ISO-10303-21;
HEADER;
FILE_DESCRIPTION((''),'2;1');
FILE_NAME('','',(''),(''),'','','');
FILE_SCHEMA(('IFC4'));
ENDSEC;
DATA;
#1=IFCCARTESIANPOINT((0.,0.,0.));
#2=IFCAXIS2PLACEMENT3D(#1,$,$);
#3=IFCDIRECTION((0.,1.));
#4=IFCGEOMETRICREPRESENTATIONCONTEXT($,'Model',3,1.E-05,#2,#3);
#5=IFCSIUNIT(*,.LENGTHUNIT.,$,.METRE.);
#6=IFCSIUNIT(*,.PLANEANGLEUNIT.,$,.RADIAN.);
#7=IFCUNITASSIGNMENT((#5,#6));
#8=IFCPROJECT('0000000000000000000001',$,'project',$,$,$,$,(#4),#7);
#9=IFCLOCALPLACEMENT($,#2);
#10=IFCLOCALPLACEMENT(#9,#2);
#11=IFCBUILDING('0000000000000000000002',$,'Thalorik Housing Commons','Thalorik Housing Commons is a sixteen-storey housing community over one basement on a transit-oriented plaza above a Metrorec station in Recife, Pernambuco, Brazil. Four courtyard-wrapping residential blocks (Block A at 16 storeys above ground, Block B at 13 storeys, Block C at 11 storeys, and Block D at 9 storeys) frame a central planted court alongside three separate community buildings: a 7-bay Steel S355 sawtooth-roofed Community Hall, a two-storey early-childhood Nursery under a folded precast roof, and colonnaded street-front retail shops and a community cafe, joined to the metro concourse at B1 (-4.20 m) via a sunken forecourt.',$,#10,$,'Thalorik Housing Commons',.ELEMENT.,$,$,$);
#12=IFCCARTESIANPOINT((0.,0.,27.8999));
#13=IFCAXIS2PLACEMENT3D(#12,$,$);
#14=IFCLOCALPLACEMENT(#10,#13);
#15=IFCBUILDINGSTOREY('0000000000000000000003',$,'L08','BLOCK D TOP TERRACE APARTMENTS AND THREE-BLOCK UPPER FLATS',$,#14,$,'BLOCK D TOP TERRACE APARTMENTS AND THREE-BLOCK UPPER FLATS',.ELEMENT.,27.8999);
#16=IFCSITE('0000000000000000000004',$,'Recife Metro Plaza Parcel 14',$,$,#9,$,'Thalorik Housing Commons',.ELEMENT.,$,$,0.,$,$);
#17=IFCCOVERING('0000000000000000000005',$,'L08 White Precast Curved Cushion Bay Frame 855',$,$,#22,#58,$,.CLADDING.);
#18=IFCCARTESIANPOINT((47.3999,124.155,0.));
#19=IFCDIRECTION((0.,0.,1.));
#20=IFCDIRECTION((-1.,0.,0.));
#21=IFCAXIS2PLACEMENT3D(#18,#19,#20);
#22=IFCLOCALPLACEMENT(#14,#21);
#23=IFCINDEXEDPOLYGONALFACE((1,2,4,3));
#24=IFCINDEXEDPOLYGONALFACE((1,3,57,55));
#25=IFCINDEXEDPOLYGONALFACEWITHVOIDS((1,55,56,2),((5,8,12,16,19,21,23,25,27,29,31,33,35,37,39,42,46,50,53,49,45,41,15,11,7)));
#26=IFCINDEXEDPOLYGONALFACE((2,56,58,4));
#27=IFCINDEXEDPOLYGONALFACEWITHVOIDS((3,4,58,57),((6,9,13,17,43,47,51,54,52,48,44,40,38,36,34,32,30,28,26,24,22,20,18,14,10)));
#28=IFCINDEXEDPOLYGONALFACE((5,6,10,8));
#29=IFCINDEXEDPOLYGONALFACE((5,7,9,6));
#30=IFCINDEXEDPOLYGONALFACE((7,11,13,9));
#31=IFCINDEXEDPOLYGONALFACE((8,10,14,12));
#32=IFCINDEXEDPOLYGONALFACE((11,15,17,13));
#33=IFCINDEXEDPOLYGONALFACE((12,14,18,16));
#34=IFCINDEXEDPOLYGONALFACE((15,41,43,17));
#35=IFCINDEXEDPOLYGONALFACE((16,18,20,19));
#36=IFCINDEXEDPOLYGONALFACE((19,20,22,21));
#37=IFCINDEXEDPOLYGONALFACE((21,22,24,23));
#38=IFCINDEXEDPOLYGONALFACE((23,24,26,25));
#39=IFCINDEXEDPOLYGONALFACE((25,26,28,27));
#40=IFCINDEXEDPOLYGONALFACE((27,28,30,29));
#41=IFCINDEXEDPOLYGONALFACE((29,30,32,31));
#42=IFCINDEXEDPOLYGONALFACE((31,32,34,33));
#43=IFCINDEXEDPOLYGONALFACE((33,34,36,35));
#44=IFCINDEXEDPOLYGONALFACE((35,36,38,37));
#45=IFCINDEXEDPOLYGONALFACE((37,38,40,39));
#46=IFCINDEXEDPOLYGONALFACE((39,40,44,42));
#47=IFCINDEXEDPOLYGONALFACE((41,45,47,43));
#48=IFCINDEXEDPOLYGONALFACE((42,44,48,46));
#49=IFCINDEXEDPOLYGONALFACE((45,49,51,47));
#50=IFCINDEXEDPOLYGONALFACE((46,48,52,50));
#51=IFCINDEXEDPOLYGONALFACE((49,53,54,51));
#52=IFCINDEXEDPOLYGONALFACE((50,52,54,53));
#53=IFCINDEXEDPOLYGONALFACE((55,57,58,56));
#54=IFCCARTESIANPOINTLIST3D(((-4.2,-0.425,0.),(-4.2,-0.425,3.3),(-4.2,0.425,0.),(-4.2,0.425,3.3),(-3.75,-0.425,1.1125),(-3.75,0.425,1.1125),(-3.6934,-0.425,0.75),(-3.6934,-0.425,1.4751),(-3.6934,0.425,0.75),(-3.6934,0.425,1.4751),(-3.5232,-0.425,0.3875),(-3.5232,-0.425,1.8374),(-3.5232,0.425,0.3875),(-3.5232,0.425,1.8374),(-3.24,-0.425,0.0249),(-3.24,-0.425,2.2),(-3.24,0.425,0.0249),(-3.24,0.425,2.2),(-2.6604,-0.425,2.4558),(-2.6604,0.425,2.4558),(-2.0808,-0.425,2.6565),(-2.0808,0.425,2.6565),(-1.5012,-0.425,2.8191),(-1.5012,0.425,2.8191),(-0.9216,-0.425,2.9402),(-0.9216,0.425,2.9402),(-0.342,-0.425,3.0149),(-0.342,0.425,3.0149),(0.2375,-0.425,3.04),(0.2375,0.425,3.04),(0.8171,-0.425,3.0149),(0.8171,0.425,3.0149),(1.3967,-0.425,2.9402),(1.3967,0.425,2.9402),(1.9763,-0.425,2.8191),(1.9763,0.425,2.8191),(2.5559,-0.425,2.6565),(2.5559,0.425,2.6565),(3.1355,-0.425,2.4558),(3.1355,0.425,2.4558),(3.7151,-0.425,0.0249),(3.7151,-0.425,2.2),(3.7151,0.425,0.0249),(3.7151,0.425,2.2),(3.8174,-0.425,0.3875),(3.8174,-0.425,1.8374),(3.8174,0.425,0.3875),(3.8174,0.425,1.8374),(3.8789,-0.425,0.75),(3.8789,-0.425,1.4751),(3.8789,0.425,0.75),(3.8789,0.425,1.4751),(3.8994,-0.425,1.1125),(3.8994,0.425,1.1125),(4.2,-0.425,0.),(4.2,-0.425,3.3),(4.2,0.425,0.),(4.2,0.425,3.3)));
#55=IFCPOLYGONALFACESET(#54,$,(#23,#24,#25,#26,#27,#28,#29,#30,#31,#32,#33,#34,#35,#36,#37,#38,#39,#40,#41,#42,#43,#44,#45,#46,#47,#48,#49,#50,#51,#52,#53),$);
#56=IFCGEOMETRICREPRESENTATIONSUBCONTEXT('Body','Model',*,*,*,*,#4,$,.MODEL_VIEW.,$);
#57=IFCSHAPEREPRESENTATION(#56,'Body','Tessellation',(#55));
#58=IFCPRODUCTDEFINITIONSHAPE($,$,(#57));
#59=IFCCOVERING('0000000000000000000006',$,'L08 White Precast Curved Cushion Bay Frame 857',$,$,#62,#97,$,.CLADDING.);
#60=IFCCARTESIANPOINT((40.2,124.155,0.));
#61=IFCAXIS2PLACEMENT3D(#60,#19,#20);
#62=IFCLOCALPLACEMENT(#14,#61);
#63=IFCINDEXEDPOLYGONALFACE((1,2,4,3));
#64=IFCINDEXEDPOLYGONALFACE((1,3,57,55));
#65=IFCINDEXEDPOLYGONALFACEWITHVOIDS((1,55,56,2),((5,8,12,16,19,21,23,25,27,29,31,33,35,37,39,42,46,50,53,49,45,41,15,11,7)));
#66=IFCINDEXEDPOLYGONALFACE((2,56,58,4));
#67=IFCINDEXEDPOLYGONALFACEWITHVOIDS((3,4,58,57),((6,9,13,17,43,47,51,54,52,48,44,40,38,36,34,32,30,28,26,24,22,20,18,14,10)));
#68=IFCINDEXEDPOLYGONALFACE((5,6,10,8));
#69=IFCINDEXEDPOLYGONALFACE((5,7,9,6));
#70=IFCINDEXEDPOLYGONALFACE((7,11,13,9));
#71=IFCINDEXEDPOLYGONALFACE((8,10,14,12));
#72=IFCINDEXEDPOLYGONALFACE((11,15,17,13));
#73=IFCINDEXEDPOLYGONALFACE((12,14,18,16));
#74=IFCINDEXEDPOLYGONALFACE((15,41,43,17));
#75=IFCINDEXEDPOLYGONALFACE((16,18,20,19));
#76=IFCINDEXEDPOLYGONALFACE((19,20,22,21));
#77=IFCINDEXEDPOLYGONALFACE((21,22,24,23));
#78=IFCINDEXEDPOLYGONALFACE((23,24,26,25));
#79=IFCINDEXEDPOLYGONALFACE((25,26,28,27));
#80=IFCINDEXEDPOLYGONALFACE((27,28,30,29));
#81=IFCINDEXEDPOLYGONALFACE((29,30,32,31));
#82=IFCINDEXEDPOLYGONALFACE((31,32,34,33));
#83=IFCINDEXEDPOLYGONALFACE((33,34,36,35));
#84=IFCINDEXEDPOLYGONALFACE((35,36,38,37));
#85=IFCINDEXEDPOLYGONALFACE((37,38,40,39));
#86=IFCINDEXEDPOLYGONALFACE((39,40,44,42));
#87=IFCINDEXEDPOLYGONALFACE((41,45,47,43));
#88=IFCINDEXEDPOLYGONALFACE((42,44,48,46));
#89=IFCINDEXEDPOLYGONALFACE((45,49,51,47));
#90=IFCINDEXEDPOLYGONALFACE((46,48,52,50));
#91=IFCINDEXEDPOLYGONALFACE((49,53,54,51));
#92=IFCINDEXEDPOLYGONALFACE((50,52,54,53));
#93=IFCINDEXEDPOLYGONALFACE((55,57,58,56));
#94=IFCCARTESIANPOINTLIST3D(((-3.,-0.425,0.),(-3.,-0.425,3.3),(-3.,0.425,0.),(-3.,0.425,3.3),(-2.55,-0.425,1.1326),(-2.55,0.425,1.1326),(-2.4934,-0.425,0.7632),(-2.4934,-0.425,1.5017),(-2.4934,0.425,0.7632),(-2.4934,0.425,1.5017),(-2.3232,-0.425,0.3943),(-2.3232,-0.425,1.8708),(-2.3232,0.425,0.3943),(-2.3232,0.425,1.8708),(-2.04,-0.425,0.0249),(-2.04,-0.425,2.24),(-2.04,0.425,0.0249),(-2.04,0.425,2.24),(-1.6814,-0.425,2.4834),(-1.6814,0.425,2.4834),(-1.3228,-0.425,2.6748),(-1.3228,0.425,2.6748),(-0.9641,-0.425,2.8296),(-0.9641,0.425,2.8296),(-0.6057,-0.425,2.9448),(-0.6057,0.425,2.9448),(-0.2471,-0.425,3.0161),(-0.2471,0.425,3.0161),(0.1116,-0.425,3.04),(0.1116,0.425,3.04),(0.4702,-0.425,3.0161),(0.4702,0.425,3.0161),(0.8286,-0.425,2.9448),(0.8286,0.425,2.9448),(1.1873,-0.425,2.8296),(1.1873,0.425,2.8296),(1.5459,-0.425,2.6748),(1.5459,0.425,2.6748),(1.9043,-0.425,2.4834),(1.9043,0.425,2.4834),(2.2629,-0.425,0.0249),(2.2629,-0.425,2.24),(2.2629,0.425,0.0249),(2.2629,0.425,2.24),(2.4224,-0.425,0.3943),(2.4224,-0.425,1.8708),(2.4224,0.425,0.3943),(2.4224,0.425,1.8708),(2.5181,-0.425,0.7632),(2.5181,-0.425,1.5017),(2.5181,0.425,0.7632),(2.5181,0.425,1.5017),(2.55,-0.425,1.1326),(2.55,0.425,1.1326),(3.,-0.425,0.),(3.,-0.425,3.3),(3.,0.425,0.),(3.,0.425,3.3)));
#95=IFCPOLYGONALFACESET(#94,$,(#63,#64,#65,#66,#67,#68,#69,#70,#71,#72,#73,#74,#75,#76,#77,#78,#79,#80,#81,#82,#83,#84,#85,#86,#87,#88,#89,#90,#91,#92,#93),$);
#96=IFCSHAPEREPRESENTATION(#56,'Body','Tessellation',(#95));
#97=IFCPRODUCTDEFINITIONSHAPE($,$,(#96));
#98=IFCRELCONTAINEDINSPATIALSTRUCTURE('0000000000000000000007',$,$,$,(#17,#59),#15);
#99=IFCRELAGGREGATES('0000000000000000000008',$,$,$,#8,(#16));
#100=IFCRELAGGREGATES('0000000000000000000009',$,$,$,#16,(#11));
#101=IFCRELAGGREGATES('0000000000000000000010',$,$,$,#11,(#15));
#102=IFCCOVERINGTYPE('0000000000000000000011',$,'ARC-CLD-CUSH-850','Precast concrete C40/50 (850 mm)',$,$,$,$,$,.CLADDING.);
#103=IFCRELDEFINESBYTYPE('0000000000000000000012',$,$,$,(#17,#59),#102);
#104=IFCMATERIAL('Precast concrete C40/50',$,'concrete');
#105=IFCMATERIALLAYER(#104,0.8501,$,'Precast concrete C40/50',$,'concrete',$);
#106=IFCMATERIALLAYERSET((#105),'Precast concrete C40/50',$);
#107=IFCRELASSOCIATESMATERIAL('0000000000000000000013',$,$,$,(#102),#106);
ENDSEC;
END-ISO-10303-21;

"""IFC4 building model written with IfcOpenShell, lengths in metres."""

from ifc_helpers import new_model, si_unit, direction, frame, origin, place, context, subcontext, project, spatial, polyline, outline, extrude, material, layer, layer_set, type_object, element, save


model = new_model("IFC4")

# Units and contexts
model_context = context("Model", 3, precision=1e-05, world=origin(), true_north=direction((0.0, 1.0)))
body_context = subcontext(model_context, "Body", "Model", "MODEL_VIEW")
ifc_project = project(units=[si_unit("LENGTHUNIT", "METRE"), si_unit("PLANEANGLEUNIT", "RADIAN")], contexts=[model_context])

# Site, building, storey
site_placement = place(None, origin())
site = spatial("IfcSite", under=ifc_project, at=site_placement, Name="Recife Metro Plaza Parcel 14", LongName="Thalorik Housing Commons", CompositionType="ELEMENT", RefElevation=0.0)
building_placement = place(site_placement, origin())
building = spatial("IfcBuilding", under=site, at=building_placement, Name="Thalorik Housing Commons", Description="Thalorik Housing Commons is a sixteen-storey housing community over one basement on a transit-oriented plaza above a Metrorec station in Recife, Pernambuco, Brazil. Four courtyard-wrapping residential blocks (Block A at 16 storeys above ground, Block B at 13 storeys, Block C at 11 storeys, and Block D at 9 storeys) frame a central planted court alongside three separate community buildings: a 7-bay Steel S355 sawtooth-roofed Community Hall, a two-storey early-childhood Nursery under a folded precast roof, and colonnaded street-front retail shops and a community cafe, joined to the metro concourse at B1 (-4.20 m) via a sunken forecourt.", LongName="Thalorik Housing Commons", CompositionType="ELEMENT")
storey_placement = place(building_placement, frame((0.0, 0.0, 27.8999)))
storey = spatial("IfcBuildingStorey", under=building, at=storey_placement, Name="L08", Description="BLOCK D TOP TERRACE APARTMENTS AND THREE-BLOCK UPPER FLATS", LongName="BLOCK D TOP TERRACE APARTMENTS AND THREE-BLOCK UPPER FLATS", CompositionType="ELEMENT", Elevation=27.8999)

# Shared definitions
ifc_material_1 = material(Name="Precast concrete C40/50", Category="concrete")

# Coverings
ifc_layer_1 = layer(ifc_material_1, 0.8501, Name="Precast concrete C40/50", Category="concrete")
ifc_layer_set_1 = layer_set([ifc_layer_1], Name="Precast concrete C40/50")
covering_type_1 = type_object("IfcCoveringType", Name="ARC-CLD-CUSH-850", Description="Precast concrete C40/50 (850 mm)", PredefinedType="CLADDING", material=ifc_layer_set_1)
covering_1_placement = place(storey_placement, frame((47.3999, 124.155, 0.0), z_axis=(0.0, 0.0, 1.0), x_axis=(-1.0, 0.0, 0.0)))
element("IfcCovering", 1, at=covering_1_placement, inside=storey, type_object=covering_type_1, Name="L08 White Precast Curved Cushion Bay Frame 855", PredefinedType="CLADDING", context=body_context, shape_type="SweptSolid", body=[
    extrude(outline(polyline([(-4.2, 0.0), (4.2, 0.0), (4.2, 3.3), (-4.2, 3.3), (-4.2, 0.0)]), holes=[polyline([(3.7151, 0.0249), (3.8174, 0.3875), (3.8789, 0.75), (3.8994, 1.1125), (3.8789, 1.4751), (3.8174, 1.8374), (3.7151, 2.2), (3.1355, 2.4558), (2.5559, 2.6565), (1.9763, 2.8191), (1.3967, 2.9402), (0.8171, 3.0149), (0.2375, 3.04), (-0.342, 3.0149), (-0.9216, 2.9402), (-1.5012, 2.8191), (-2.0808, 2.6565), (-2.6604, 2.4558), (-3.24, 2.2), (-3.5232, 1.8374), (-3.6934, 1.4751), (-3.75, 1.1125), (-3.6934, 0.75), (-3.5232, 0.3875), (-3.24, 0.0249), (3.7151, 0.0249)])]), frame((0.0, 0.425, 0.0), z_axis=(0.0, -1.0, 0.0), x_axis=(1.0, 0.0, 0.0)), (0.0, 0.0, 1.0), 0.8501),
])
covering_2_placement = place(storey_placement, frame((40.2, 124.155, 0.0), z_axis=(0.0, 0.0, 1.0), x_axis=(-1.0, 0.0, 0.0)))
element("IfcCovering", 2, at=covering_2_placement, inside=storey, type_object=covering_type_1, Name="L08 White Precast Curved Cushion Bay Frame 857", PredefinedType="CLADDING", context=body_context, shape_type="SweptSolid", body=[
    extrude(outline(polyline([(-3.0, 0.0), (3.0, 0.0), (3.0, 3.3), (-3.0, 3.3), (-3.0, 0.0)]), holes=[polyline([(2.2629, 0.0249), (2.4224, 0.3943), (2.5181, 0.7632), (2.55, 1.1326), (2.5181, 1.5017), (2.4224, 1.8708), (2.2629, 2.24), (1.9043, 2.4834), (1.5459, 2.6748), (1.1873, 2.8296), (0.8286, 2.9448), (0.4702, 3.0161), (0.1116, 3.04), (-0.2471, 3.0161), (-0.6057, 2.9448), (-0.9641, 2.8296), (-1.3228, 2.6748), (-1.6814, 2.4834), (-2.04, 2.24), (-2.3232, 1.8708), (-2.4934, 1.5017), (-2.55, 1.1326), (-2.4934, 0.7632), (-2.3232, 0.3943), (-2.04, 0.0249), (2.2629, 0.0249)])]), frame((0.0, 0.425, 0.0), z_axis=(0.0, -1.0, 0.0), x_axis=(1.0, 0.0, 0.0)), (0.0, 0.0, 1.0), 0.8501),
])

save(model, "model.ifc")
